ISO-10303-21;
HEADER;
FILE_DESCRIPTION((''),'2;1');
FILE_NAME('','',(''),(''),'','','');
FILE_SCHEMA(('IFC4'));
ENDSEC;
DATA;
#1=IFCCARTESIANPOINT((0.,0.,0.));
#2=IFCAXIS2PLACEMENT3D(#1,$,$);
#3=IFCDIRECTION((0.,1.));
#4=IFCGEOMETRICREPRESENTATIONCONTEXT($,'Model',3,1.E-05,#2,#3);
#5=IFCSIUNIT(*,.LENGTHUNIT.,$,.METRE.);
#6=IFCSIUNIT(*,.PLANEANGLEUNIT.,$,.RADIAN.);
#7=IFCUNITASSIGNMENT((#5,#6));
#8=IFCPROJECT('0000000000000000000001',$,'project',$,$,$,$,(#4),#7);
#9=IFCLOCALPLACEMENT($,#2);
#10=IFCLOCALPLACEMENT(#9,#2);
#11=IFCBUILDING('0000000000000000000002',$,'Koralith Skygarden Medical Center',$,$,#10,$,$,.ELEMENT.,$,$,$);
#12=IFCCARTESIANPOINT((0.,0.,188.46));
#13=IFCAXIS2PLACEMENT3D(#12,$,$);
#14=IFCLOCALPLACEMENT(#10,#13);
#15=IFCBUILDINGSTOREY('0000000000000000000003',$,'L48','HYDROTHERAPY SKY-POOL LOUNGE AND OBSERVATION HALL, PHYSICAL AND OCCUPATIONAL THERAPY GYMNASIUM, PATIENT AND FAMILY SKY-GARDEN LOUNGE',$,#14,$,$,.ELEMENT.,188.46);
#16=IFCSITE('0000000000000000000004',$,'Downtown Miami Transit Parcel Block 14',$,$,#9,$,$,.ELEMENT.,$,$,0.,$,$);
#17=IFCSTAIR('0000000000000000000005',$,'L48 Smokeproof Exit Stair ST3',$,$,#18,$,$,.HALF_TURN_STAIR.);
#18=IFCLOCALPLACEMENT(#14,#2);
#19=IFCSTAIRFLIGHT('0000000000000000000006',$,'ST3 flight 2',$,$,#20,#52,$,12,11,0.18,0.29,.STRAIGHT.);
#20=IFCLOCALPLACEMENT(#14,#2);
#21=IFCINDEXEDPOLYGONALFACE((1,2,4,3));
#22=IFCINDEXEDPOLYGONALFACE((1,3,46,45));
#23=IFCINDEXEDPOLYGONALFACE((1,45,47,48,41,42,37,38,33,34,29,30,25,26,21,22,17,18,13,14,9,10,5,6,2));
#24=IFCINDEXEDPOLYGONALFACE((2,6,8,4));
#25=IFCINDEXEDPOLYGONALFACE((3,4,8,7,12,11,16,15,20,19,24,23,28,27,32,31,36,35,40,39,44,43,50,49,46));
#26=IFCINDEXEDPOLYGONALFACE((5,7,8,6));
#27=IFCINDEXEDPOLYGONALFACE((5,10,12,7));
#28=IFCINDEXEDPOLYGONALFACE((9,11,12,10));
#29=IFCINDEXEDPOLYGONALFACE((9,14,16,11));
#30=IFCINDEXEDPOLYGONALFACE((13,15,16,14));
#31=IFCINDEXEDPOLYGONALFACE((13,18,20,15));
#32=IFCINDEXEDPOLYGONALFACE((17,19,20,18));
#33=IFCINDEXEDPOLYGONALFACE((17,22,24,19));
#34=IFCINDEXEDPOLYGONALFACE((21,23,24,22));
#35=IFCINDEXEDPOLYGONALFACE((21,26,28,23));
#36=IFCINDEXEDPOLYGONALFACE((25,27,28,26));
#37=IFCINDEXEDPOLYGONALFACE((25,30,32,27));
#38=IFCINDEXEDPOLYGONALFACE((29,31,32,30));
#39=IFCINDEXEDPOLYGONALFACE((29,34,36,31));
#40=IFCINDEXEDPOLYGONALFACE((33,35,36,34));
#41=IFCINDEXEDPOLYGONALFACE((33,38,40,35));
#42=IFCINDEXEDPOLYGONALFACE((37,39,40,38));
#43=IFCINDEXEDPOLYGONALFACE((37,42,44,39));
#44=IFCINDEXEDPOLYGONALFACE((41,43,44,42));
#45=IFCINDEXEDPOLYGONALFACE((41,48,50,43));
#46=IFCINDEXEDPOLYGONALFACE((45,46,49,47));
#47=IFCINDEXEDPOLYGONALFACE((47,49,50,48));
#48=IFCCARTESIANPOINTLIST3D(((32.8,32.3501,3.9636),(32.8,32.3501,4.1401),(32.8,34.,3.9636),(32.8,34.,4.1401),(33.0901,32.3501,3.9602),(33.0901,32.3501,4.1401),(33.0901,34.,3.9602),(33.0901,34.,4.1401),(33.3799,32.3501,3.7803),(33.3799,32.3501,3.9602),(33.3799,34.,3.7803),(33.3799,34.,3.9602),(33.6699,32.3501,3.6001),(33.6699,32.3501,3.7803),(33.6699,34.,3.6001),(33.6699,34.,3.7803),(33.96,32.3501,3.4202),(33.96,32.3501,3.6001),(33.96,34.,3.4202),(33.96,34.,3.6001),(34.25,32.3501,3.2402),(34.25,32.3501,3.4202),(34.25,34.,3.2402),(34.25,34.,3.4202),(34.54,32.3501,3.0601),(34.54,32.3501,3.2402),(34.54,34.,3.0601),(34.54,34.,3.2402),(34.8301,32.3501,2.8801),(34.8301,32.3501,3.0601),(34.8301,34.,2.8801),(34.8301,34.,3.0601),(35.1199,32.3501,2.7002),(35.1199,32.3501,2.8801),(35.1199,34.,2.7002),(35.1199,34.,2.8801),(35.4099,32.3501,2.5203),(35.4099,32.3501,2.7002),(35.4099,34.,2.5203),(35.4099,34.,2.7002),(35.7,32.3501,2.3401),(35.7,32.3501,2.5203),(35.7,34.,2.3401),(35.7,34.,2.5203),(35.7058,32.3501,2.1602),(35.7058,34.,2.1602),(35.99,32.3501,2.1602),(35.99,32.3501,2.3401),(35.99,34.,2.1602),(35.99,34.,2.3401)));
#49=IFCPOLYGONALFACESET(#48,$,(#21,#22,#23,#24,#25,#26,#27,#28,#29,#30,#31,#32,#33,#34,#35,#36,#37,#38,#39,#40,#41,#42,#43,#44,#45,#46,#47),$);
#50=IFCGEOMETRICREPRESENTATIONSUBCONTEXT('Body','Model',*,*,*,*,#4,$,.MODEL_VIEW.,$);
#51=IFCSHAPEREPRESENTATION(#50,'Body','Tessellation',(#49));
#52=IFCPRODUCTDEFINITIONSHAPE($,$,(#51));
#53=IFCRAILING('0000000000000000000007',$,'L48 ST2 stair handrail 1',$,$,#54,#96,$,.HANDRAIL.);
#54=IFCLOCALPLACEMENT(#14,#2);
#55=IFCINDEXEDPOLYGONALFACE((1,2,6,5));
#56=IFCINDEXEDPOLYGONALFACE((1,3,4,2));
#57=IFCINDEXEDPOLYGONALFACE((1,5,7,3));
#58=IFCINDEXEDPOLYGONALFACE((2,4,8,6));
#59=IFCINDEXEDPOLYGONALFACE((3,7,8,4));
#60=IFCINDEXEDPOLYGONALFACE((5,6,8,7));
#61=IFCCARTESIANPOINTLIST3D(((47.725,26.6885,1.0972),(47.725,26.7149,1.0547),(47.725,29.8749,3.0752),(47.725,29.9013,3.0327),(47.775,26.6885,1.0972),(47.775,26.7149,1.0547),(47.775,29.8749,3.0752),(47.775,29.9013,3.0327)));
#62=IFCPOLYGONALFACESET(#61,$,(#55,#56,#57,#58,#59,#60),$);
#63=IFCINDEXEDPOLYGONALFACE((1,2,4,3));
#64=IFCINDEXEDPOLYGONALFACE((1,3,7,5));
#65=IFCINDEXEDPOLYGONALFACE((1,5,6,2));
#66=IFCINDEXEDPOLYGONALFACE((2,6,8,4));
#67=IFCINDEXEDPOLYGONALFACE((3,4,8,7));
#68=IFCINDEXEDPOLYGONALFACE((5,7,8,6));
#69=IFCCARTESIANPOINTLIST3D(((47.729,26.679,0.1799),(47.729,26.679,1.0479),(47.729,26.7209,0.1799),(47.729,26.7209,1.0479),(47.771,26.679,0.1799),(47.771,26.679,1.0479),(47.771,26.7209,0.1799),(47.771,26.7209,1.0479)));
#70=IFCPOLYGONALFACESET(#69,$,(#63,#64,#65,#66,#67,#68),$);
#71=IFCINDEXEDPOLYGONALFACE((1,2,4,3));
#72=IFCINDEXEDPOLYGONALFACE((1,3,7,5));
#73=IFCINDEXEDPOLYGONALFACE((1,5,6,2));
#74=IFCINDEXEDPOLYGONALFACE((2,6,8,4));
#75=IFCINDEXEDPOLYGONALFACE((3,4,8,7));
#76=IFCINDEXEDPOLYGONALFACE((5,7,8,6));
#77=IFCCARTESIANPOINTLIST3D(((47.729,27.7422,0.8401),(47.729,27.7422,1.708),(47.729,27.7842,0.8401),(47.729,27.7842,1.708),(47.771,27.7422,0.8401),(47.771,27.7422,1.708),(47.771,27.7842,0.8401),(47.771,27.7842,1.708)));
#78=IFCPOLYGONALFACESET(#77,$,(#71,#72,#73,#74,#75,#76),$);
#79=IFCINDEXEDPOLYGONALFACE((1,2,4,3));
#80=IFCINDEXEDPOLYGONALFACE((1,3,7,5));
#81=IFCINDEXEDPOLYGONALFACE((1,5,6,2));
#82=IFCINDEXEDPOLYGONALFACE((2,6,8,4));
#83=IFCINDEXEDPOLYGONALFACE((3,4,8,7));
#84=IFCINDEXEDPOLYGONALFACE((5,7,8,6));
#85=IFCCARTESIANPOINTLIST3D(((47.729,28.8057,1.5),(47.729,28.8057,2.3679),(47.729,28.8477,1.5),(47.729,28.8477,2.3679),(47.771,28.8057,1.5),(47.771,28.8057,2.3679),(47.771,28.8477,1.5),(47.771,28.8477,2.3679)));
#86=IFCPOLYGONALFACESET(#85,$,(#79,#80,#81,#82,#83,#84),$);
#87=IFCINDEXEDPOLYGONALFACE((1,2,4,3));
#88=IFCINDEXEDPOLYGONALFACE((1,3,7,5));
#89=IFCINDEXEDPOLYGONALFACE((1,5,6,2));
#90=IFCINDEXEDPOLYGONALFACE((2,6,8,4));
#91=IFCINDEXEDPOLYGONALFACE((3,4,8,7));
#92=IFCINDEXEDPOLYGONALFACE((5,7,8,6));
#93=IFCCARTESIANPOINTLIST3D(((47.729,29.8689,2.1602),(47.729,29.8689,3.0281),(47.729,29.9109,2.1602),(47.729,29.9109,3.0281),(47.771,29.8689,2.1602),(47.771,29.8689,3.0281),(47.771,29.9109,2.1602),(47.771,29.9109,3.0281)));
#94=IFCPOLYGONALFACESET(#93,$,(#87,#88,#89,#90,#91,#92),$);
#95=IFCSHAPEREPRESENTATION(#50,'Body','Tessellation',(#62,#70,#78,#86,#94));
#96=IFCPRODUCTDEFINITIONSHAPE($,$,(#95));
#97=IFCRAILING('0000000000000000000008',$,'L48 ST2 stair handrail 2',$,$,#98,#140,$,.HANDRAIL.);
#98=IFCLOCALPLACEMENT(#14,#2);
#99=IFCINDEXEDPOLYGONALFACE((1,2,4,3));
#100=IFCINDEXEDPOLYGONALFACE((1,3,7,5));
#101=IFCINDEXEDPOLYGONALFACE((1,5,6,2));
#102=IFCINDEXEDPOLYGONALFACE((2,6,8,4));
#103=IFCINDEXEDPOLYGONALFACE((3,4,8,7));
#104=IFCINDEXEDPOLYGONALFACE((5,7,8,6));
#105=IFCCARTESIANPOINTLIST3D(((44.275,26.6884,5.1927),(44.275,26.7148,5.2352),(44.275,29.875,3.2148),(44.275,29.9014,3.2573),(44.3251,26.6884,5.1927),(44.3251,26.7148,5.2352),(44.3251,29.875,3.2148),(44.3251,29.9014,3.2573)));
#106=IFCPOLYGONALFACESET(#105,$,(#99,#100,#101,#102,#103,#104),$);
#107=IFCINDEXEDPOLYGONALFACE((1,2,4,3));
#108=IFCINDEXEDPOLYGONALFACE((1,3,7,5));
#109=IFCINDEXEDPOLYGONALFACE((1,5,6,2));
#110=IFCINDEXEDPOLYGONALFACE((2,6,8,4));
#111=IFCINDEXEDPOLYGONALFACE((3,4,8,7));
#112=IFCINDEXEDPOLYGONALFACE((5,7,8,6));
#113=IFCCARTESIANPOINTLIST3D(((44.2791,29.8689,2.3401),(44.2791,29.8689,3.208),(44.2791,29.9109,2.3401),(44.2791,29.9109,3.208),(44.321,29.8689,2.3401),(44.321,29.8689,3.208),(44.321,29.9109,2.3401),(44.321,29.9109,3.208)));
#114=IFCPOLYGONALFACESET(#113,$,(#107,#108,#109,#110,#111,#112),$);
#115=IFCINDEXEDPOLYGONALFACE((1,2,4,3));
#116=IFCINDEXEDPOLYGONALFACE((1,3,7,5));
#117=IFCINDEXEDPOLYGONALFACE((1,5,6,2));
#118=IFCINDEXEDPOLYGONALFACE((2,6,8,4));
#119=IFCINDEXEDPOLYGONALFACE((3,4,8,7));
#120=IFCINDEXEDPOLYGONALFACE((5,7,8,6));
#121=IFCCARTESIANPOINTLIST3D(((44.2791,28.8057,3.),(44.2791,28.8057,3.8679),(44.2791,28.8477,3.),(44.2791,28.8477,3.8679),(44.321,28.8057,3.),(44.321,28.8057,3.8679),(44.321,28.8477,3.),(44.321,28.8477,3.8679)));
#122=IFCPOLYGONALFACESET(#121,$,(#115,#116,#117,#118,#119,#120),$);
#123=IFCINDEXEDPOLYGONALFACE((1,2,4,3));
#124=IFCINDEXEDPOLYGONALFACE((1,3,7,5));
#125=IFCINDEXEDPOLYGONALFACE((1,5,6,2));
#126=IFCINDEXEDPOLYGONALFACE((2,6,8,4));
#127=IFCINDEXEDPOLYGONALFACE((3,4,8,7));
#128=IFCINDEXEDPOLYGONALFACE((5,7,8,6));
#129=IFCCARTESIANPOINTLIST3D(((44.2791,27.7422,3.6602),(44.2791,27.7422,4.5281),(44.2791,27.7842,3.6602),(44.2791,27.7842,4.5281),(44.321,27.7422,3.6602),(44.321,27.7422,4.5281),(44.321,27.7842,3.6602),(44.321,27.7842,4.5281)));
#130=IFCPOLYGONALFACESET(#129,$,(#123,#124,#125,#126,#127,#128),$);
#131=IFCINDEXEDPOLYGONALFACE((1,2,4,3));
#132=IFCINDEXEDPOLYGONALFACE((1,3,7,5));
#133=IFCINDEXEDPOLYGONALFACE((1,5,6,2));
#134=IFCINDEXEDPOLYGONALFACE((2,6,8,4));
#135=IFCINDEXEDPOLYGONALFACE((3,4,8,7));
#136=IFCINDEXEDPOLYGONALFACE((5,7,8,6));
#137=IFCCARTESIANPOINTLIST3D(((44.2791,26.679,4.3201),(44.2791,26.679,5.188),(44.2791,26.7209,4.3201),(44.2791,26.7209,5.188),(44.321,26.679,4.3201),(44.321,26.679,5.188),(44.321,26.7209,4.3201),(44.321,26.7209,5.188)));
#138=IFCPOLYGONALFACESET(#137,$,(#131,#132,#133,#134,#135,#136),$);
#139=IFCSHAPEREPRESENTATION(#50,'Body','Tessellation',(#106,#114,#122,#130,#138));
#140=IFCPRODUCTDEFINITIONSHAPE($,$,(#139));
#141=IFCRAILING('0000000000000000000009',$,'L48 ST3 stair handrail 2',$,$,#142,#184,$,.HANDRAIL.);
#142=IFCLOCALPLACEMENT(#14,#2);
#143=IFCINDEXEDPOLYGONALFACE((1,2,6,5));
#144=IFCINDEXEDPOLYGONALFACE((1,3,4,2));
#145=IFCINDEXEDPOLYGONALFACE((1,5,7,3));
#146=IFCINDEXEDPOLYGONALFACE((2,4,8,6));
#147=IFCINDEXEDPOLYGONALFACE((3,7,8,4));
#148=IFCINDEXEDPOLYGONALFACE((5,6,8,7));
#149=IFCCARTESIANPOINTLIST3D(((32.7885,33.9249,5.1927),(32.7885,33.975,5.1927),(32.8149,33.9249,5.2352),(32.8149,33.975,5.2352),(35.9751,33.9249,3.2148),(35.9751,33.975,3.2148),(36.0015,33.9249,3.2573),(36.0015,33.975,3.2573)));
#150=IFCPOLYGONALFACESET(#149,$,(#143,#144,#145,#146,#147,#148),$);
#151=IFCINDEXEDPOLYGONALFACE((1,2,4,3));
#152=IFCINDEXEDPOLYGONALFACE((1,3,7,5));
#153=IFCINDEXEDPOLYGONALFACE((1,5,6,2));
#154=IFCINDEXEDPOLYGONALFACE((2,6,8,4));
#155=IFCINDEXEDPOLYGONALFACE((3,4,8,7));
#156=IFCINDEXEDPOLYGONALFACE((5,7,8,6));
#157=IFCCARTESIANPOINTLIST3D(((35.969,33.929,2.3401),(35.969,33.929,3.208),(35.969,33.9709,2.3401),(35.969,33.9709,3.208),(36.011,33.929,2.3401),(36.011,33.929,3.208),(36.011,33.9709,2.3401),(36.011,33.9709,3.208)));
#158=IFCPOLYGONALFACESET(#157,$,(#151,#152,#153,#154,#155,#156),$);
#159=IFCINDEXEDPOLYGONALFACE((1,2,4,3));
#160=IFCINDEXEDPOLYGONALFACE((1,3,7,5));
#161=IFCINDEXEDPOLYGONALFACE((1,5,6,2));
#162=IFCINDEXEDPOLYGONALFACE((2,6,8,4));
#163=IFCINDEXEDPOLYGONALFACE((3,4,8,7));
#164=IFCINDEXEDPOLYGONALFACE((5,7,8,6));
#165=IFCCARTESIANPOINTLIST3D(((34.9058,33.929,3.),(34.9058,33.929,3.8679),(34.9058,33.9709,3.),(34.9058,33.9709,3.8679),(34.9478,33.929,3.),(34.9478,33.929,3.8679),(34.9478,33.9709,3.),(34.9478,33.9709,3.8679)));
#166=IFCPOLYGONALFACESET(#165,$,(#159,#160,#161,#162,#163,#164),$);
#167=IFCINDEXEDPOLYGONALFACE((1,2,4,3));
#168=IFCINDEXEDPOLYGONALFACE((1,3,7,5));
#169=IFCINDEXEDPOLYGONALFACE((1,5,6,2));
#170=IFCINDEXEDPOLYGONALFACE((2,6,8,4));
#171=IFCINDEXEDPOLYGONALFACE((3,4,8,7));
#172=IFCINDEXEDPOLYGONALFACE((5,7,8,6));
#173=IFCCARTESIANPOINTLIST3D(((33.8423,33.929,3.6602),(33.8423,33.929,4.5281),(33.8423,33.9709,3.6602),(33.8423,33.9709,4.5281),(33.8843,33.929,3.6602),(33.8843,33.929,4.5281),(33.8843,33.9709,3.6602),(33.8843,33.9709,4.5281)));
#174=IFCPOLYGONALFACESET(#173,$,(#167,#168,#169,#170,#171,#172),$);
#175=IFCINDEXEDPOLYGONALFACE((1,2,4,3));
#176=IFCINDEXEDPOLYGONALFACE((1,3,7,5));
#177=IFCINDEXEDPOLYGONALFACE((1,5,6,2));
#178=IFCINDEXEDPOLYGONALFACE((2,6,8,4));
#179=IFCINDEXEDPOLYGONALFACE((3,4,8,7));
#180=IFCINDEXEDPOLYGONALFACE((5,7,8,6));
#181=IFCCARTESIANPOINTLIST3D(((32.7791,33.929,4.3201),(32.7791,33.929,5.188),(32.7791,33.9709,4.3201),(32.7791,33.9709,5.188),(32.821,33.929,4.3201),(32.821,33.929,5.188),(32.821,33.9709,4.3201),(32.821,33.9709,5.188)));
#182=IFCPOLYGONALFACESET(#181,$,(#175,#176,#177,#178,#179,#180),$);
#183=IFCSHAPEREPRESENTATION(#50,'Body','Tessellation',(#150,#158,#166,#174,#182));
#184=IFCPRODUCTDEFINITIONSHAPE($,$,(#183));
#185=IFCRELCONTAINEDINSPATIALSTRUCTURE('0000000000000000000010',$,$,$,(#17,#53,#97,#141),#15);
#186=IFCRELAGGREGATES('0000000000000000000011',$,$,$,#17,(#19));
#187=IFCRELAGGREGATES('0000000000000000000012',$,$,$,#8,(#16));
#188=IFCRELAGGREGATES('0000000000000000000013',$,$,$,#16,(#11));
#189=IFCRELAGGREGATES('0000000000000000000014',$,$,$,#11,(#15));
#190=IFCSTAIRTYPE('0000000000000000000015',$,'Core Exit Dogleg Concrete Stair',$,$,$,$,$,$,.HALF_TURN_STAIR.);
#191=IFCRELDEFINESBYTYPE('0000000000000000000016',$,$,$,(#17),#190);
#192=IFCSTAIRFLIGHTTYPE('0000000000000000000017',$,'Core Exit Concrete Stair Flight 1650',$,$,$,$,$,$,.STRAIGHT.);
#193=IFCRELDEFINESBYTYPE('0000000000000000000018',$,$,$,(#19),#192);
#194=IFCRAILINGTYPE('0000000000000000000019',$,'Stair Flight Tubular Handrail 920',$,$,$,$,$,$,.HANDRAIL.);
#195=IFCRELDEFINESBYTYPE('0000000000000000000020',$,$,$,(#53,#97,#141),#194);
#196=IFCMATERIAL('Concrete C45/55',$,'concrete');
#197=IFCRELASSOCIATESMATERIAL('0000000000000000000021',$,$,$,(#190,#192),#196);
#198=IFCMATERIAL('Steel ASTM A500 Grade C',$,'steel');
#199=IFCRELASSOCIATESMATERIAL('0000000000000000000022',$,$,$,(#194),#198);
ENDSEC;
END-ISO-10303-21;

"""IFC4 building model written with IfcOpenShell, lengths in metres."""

from ifc_helpers import new_model, si_unit, direction, frame, origin, origin_2d, place, context, subcontext, project, spatial, polyline, rectangle, outline, extrude, material, type_object, element, aggregate, save


model = new_model("IFC4")

# Units and contexts
model_context = context("Model", 3, precision=1e-05, world=origin(), true_north=direction((0.0, 1.0)))
body_context = subcontext(model_context, "Body", "Model", "MODEL_VIEW")
ifc_project = project(units=[si_unit("LENGTHUNIT", "METRE"), si_unit("PLANEANGLEUNIT", "RADIAN")], contexts=[model_context])

# Site, building, storey
site_placement = place(None, origin())
site = spatial("IfcSite", under=ifc_project, at=site_placement, Name="Downtown Miami Transit Parcel Block 14", CompositionType="ELEMENT", RefElevation=0.0)
building_placement = place(site_placement, origin())
building = spatial("IfcBuilding", under=site, at=building_placement, Name="Koralith Skygarden Medical Center", CompositionType="ELEMENT")
storey_placement = place(building_placement, frame((0.0, 0.0, 188.46)))
storey = spatial("IfcBuildingStorey", under=building, at=storey_placement, Name="L48", Description="HYDROTHERAPY SKY-POOL LOUNGE AND OBSERVATION HALL, PHYSICAL AND OCCUPATIONAL THERAPY GYMNASIUM, PATIENT AND FAMILY SKY-GARDEN LOUNGE", CompositionType="ELEMENT", Elevation=188.46)

# Shared definitions
ifc_material_1 = material(Name="Concrete C45/55", Category="concrete")

# Shared definitions
ifc_material_2 = material(Name="Steel ASTM A500 Grade C", Category="steel")

# Shared definitions
stair_type = type_object("IfcStairType", Name="Core Exit Dogleg Concrete Stair", PredefinedType="HALF_TURN_STAIR", material=ifc_material_1)
stair_flight_type = type_object("IfcStairFlightType", Name="Core Exit Concrete Stair Flight 1650", PredefinedType="STRAIGHT", material=ifc_material_1)

# Stair, stair flight
stair_1_placement = place(storey_placement, origin())
stair_1 = element("IfcStair", 1, at=stair_1_placement, inside=storey, type_object=stair_type, Name="L48 Smokeproof Exit Stair ST3", PredefinedType="HALF_TURN_STAIR")
stair_flight_1_placement = place(storey_placement, frame((35.99, 33.175, 2.1602), z_axis=(0.0, 0.0, 1.0), x_axis=(-1.0, 0.0, 0.0)))
stair_flight_1 = element("IfcStairFlight", 2, at=stair_flight_1_placement, type_object=stair_flight_type, Name="ST3 flight 2", NumberOfRisers=12, NumberOfTreads=11, PredefinedType="STRAIGHT", RiserHeight=0.18, TreadLength=0.29, context=body_context, shape_type="SweptSolid", body=[
    extrude(outline(polyline([(0.0, 0.0), (0.0, 0.1799), (0.29, 0.1799), (0.29, 0.3601), (0.5801, 0.3601), (0.5801, 0.54), (0.8701, 0.54), (0.8701, 0.72), (1.1599, 0.72), (1.1599, 0.8999), (1.45, 0.8999), (1.45, 1.0801), (1.74, 1.0801), (1.74, 1.26), (2.03, 1.26), (2.03, 1.4399), (2.3201, 1.4399), (2.3201, 1.6201), (2.6101, 1.6201), (2.6101, 1.8), (2.8999, 1.8), (2.8999, 1.98), (3.1899, 1.98), (3.1899, 2.1599), (3.1899, 1.8035), (0.2842, 0.0), (0.0, 0.0)])), frame((0.0, 0.825, 0.0), z_axis=(0.0, -1.0, 0.0), x_axis=(1.0, 0.0, 0.0)), (0.0, 0.0, 1.0), 1.6499),
])
aggregate(stair_1, [stair_flight_1])

# Railings
railing_type_1 = type_object("IfcRailingType", Name="Stair Flight Tubular Handrail 920", PredefinedType="HANDRAIL", material=ifc_material_2)
railing_1_placement = place(storey_placement, frame((47.75, 26.7, 0.1799)))
element("IfcRailing", 3, at=railing_1_placement, inside=storey, type_object=railing_type_1, Name="L48 ST2 stair handrail 1", PredefinedType="HANDRAIL", context=body_context, shape_type="SweptSolid", body=[
    extrude(rectangle(XDim=0.05, YDim=0.05, at=origin_2d()), frame((0.0, 0.0017, 0.896), z_axis=(0.0, 0.849609, 0.527413), x_axis=(-1.0, 0.0, 0.0)), (0.0, 0.0, 1.0), 3.7505),
    extrude(rectangle(XDim=0.042, YDim=0.042, at=origin_2d()), origin(), (0.0, 0.0, 1.0), 0.8679),
    extrude(rectangle(XDim=0.042, YDim=0.042, at=origin_2d()), frame((0.0, 1.0632, 0.6602)), (0.0, 0.0, 1.0), 0.8679),
    extrude(rectangle(XDim=0.042, YDim=0.042, at=origin_2d()), frame((0.0, 2.1267, 1.3201)), (0.0, 0.0, 1.0), 0.8679),
    extrude(rectangle(XDim=0.042, YDim=0.042, at=origin_2d()), frame((0.0, 3.1899, 1.9802)), (0.0, 0.0, 1.0), 0.8679),
])
railing_2_placement = place(storey_placement, frame((44.3, 29.8899, 2.3401)))
element("IfcRailing", 4, at=railing_2_placement, inside=storey, type_object=railing_type_1, Name="L48 ST2 stair handrail 2", PredefinedType="HANDRAIL", context=body_context, shape_type="SweptSolid", body=[
    extrude(rectangle(XDim=0.05, YDim=0.05, at=origin_2d()), frame((0.0, -0.0017, 0.896), z_axis=(0.0, -0.849638, 0.527366), x_axis=(1.0, 0.0, 0.0)), (0.0, 0.0, 1.0), 3.7505),
    extrude(rectangle(XDim=0.042, YDim=0.042, at=origin_2d()), origin(), (0.0, 0.0, 1.0), 0.8679),
    extrude(rectangle(XDim=0.042, YDim=0.042, at=origin_2d()), frame((0.0, -1.0632, 0.6599)), (0.0, 0.0, 1.0), 0.8679),
    extrude(rectangle(XDim=0.042, YDim=0.042, at=origin_2d()), frame((0.0, -2.1267, 1.3201)), (0.0, 0.0, 1.0), 0.8679),
    extrude(rectangle(XDim=0.042, YDim=0.042, at=origin_2d()), frame((0.0, -3.1899, 1.98)), (0.0, 0.0, 1.0), 0.8679),
])
railing_3_placement = place(storey_placement, frame((35.99, 33.95, 2.3401)))
element("IfcRailing", 5, at=railing_3_placement, inside=storey, type_object=railing_type_1, Name="L48 ST3 stair handrail 2", PredefinedType="HANDRAIL", context=body_context, shape_type="SweptSolid", body=[
    extrude(rectangle(XDim=0.05, YDim=0.05, at=origin_2d()), frame((-0.0017, 0.0, 0.896), z_axis=(-0.849638, 0.0, 0.527366), x_axis=(0.0, -1.0, 0.0)), (0.0, 0.0, 1.0), 3.7505),
    extrude(rectangle(XDim=0.042, YDim=0.042, at=origin_2d()), origin(), (0.0, 0.0, 1.0), 0.8679),
    extrude(rectangle(XDim=0.042, YDim=0.042, at=origin_2d()), frame((-1.0632, 0.0, 0.6599)), (0.0, 0.0, 1.0), 0.8679),
    extrude(rectangle(XDim=0.042, YDim=0.042, at=origin_2d()), frame((-2.1267, 0.0, 1.3201)), (0.0, 0.0, 1.0), 0.8679),
    extrude(rectangle(XDim=0.042, YDim=0.042, at=origin_2d()), frame((-3.1899, 0.0, 1.98)), (0.0, 0.0, 1.0), 0.8679),
])

save(model, "model.ifc")
